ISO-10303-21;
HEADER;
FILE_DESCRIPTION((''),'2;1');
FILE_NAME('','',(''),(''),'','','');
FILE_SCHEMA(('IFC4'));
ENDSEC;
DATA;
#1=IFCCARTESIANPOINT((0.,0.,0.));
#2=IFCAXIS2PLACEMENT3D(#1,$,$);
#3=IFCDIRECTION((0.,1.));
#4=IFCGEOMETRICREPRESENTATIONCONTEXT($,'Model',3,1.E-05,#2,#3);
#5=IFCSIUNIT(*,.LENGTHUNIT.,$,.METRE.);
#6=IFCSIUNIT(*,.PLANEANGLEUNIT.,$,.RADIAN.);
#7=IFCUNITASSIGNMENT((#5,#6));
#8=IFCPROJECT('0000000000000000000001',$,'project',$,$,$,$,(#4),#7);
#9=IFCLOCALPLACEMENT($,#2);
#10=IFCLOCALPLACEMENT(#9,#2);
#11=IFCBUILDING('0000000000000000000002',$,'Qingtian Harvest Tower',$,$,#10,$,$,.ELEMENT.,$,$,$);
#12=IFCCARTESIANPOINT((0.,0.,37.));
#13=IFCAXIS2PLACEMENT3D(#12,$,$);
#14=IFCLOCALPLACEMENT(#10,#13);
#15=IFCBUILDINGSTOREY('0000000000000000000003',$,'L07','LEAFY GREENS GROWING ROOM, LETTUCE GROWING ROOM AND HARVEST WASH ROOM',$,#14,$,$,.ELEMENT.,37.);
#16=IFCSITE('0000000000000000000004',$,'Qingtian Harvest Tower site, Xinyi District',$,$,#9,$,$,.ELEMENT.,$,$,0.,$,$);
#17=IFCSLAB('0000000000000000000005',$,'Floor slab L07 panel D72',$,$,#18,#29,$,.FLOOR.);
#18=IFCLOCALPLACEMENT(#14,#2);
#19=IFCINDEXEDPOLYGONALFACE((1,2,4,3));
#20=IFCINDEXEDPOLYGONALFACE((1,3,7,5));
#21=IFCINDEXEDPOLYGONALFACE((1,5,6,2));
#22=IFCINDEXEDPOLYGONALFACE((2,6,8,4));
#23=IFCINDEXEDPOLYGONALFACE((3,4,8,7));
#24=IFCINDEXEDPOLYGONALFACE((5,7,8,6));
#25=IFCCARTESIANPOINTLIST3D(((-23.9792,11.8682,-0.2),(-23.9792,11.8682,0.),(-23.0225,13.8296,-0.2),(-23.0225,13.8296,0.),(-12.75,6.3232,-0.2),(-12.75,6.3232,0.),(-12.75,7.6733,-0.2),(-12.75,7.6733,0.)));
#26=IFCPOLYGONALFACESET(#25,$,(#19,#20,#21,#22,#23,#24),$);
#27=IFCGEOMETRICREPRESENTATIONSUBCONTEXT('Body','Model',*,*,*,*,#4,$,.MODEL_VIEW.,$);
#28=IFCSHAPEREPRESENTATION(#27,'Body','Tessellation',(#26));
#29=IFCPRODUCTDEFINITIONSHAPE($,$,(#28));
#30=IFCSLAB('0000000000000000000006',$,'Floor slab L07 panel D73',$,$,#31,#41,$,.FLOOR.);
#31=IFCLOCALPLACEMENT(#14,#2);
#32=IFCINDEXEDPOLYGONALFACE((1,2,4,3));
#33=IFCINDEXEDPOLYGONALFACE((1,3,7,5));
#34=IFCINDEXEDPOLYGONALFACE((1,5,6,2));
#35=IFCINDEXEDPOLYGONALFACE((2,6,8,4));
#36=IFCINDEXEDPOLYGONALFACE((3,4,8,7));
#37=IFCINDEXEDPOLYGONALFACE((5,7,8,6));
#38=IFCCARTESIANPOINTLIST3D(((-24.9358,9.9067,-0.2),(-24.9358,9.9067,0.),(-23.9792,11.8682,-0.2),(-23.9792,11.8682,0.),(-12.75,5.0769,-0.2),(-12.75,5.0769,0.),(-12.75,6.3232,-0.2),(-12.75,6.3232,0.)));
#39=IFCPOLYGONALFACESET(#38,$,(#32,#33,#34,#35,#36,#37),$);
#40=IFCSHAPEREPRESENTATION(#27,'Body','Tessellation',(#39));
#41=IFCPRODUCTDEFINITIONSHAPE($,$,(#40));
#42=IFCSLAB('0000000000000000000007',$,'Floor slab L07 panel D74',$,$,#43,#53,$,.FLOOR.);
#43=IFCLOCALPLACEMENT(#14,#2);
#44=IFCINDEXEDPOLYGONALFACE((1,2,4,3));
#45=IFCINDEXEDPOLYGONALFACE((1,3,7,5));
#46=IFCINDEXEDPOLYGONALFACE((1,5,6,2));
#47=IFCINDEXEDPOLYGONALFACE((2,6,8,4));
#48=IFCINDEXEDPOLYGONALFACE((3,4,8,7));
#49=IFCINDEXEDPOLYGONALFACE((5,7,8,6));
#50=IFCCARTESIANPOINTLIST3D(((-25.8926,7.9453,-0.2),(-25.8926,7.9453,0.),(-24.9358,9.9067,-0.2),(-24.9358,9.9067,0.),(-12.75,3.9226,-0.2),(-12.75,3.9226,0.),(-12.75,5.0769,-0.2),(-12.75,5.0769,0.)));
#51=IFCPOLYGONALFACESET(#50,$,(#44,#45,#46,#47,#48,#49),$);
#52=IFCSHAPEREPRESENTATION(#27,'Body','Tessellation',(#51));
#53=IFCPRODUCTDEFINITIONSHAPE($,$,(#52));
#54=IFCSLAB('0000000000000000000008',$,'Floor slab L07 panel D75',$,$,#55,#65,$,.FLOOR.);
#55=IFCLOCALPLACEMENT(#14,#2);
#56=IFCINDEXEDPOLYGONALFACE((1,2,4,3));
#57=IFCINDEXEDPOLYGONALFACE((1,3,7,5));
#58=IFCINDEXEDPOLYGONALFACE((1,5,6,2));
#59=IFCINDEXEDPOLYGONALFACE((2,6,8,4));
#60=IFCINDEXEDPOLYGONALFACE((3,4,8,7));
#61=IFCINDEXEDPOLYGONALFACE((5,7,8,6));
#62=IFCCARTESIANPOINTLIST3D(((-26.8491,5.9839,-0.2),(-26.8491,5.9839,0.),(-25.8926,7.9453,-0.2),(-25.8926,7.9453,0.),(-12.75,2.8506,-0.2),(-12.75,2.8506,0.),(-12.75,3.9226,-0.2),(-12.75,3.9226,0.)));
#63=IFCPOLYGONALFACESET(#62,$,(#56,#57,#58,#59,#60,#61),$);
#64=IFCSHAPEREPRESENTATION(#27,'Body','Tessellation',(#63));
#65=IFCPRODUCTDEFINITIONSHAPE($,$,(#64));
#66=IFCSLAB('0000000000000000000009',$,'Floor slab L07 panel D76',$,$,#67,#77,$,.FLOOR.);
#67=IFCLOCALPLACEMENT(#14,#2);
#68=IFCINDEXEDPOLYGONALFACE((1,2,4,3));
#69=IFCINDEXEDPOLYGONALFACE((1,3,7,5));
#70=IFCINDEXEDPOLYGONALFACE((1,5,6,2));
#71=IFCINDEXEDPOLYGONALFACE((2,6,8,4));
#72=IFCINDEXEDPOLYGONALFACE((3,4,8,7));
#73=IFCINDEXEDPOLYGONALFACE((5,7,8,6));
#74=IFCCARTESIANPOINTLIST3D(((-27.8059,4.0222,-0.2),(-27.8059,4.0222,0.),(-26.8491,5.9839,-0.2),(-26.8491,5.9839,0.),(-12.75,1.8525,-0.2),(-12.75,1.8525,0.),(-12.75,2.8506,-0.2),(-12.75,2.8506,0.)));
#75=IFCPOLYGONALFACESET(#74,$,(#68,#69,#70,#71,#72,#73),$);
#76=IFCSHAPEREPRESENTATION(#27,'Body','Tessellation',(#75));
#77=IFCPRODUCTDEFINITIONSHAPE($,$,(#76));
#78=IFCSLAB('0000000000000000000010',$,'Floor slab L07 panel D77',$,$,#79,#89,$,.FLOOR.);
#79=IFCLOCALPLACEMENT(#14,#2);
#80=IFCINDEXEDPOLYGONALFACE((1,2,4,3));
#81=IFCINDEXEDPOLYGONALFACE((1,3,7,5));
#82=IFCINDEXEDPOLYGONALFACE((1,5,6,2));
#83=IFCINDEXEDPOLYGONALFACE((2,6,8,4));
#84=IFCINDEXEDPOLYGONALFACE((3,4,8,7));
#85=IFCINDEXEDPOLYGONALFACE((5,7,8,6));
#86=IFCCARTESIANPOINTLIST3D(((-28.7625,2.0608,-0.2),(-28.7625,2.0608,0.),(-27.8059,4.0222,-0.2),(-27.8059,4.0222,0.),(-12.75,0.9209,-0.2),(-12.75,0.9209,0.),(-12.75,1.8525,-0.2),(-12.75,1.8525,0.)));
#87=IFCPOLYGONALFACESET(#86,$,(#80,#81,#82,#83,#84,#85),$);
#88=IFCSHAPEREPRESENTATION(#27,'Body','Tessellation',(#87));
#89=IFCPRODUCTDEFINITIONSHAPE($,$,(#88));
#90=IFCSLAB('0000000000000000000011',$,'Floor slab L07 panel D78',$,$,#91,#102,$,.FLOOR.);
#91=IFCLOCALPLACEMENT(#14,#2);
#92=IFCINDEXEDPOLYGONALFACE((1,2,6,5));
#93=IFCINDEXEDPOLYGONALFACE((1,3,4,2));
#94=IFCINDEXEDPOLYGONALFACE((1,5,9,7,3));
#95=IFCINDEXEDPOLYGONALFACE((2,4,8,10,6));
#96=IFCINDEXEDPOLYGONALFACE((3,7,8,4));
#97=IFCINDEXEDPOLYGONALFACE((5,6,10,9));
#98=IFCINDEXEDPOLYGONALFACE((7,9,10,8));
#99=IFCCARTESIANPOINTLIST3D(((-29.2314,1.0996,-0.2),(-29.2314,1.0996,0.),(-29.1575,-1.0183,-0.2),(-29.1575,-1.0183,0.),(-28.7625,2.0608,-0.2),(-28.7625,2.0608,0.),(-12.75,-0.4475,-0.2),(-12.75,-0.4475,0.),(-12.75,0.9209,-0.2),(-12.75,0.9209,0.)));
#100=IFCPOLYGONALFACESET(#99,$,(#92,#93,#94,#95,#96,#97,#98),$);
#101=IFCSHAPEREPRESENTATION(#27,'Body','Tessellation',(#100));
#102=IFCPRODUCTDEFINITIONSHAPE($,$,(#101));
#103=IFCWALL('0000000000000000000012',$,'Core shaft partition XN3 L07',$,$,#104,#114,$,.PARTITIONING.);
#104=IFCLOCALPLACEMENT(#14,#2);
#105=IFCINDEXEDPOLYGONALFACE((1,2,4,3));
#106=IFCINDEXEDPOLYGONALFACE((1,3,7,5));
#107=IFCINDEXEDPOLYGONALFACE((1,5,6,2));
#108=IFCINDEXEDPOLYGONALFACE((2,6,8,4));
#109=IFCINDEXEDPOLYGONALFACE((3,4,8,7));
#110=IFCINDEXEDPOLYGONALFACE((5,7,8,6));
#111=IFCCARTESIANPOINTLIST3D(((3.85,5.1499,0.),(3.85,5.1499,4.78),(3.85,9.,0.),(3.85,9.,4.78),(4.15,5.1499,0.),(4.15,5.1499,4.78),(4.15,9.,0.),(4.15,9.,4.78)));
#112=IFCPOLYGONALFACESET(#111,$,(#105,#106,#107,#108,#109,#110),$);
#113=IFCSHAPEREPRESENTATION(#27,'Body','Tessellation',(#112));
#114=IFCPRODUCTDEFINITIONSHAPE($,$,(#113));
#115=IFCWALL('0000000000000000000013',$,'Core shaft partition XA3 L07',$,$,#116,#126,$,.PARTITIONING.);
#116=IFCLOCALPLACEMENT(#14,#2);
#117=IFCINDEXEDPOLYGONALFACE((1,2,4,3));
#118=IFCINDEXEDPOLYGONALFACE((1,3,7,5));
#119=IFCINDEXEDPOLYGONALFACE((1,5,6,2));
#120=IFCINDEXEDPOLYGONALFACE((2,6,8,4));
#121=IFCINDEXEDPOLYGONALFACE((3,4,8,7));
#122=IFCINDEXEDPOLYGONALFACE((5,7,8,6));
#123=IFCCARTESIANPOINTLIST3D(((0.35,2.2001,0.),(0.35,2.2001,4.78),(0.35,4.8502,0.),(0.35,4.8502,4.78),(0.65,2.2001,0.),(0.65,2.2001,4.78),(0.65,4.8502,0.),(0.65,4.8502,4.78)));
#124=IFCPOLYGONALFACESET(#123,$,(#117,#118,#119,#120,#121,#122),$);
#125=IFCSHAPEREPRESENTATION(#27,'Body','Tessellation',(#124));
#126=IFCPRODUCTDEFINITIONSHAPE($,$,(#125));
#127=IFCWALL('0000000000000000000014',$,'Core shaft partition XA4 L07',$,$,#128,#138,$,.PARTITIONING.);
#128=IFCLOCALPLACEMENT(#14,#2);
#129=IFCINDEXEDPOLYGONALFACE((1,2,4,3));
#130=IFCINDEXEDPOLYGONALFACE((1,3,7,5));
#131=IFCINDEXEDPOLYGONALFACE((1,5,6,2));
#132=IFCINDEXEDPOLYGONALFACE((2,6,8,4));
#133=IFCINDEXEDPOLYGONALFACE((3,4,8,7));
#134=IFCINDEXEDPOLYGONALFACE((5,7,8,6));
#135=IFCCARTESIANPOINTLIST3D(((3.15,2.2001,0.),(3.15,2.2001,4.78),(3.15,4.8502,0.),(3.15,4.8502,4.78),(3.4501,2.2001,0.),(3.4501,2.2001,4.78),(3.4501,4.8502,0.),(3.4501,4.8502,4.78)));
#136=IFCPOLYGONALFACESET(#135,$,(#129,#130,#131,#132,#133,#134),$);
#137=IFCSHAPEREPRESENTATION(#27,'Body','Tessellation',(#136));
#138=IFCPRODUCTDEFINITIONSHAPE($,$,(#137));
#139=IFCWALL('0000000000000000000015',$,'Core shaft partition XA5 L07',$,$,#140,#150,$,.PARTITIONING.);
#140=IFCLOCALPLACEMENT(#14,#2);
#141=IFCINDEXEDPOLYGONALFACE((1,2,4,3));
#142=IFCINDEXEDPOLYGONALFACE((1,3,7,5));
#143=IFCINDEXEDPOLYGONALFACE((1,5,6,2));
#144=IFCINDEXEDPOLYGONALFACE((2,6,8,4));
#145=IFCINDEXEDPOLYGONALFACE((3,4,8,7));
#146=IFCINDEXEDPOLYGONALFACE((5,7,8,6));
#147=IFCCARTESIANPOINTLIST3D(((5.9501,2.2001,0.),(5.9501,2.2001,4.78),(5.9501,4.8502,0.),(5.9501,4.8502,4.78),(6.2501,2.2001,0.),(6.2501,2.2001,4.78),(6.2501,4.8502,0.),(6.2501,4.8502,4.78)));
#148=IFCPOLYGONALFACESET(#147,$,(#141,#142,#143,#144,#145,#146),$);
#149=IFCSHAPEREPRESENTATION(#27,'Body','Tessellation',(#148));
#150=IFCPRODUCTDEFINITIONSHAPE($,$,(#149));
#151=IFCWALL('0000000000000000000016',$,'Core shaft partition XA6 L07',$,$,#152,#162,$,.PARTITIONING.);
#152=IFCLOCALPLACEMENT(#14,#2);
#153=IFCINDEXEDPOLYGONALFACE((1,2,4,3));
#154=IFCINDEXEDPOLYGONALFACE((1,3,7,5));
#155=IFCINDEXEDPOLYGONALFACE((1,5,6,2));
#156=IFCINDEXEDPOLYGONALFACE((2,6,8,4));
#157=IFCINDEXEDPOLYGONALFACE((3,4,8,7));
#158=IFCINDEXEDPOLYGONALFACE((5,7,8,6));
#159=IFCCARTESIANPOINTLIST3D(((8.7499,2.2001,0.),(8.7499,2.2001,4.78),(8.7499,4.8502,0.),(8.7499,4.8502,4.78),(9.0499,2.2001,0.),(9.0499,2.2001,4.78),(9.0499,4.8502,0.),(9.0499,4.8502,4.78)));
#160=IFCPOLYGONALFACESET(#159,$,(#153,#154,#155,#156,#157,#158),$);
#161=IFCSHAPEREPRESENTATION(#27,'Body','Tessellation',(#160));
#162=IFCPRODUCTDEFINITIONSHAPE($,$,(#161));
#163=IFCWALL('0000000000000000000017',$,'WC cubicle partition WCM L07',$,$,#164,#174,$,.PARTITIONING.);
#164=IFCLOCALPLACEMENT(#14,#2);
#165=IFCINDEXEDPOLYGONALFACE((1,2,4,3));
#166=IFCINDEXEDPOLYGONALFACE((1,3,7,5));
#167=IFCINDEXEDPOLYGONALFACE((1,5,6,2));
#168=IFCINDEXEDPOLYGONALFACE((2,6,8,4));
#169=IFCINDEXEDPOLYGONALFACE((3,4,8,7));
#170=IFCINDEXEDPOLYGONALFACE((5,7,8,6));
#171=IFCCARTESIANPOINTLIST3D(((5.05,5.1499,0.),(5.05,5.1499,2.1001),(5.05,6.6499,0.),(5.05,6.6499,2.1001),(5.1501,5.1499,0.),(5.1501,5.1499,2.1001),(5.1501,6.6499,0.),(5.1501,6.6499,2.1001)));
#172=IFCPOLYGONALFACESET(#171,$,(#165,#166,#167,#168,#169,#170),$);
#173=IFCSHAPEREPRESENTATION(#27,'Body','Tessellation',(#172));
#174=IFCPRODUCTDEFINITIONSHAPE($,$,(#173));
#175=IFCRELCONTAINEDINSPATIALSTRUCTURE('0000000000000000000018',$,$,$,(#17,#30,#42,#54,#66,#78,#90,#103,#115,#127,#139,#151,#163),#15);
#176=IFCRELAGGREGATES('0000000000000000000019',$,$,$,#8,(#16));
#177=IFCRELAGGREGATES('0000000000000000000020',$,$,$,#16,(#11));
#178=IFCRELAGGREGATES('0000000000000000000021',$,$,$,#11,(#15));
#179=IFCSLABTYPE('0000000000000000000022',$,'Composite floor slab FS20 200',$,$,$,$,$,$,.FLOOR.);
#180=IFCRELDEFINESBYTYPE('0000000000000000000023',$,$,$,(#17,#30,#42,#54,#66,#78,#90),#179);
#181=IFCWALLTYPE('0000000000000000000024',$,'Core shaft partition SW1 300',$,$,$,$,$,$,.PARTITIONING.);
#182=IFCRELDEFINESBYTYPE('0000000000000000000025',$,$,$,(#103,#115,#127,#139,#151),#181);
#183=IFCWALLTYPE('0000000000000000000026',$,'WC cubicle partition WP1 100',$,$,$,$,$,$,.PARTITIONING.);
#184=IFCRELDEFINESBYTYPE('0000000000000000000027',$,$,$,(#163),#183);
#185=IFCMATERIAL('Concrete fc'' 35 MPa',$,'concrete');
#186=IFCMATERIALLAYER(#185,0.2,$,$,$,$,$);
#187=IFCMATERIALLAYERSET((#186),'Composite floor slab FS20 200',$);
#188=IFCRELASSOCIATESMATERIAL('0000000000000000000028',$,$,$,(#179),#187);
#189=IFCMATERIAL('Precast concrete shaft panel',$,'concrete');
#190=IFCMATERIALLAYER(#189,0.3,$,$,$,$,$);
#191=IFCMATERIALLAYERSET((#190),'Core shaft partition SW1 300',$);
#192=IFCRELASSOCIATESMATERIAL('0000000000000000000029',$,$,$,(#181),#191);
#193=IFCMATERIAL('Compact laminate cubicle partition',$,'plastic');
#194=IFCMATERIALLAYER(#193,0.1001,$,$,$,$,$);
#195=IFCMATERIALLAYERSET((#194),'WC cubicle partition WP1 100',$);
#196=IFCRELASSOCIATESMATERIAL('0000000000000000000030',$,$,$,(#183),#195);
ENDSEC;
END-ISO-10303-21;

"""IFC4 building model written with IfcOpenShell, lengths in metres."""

from ifc_helpers import new_model, si_unit, direction, frame, frame_2d, origin, place, context, subcontext, project, spatial, polyline, rectangle, outline, extrude, material, layer, layer_set, type_object, element, save


model = new_model("IFC4")

# Units and contexts
model_context = context("Model", 3, precision=1e-05, world=origin(), true_north=direction((0.0, 1.0)))
body_context = subcontext(model_context, "Body", "Model", "MODEL_VIEW")
ifc_project = project(units=[si_unit("LENGTHUNIT", "METRE"), si_unit("PLANEANGLEUNIT", "RADIAN")], contexts=[model_context])

# Site, building, storey
site_placement = place(None, origin())
site = spatial("IfcSite", under=ifc_project, at=site_placement, Name="Qingtian Harvest Tower site, Xinyi District", CompositionType="ELEMENT", RefElevation=0.0)
building_placement = place(site_placement, origin())
building = spatial("IfcBuilding", under=site, at=building_placement, Name="Qingtian Harvest Tower", CompositionType="ELEMENT")
storey_placement = place(building_placement, frame((0.0, 0.0, 37.0)))
storey = spatial("IfcBuildingStorey", under=building, at=storey_placement, Name="L07", Description="LEAFY GREENS GROWING ROOM, LETTUCE GROWING ROOM AND HARVEST WASH ROOM", CompositionType="ELEMENT", Elevation=37.0)

# Slabs
ifc_material_1 = material(Name="Concrete fc' 35 MPa", Category="concrete")
ifc_layer_1 = layer(ifc_material_1, 0.2)
ifc_layer_set_1 = layer_set([ifc_layer_1], Name="Composite floor slab FS20 200")
slab_type = type_object("IfcSlabType", Name="Composite floor slab FS20 200", PredefinedType="FLOOR", material=ifc_layer_set_1)
slab_1_placement = place(storey_placement, frame((0.0, 0.0, -0.2)))
element("IfcSlab", 1, at=slab_1_placement, inside=storey, type_object=slab_type, Name="Floor slab L07 panel D72", PredefinedType="FLOOR", context=body_context, shape_type="SweptSolid", body=[
    extrude(outline(polyline([(-12.75, 6.3232), (-23.9792, 11.8682), (-23.0225, 13.8296), (-12.75, 7.6733), (-12.75, 6.3232)])), origin(), (0.0, 0.0, 1.0), 0.2),
])
slab_2_placement = place(storey_placement, frame((0.0, 0.0, -0.2)))
element("IfcSlab", 2, at=slab_2_placement, inside=storey, type_object=slab_type, Name="Floor slab L07 panel D73", PredefinedType="FLOOR", context=body_context, shape_type="SweptSolid", body=[
    extrude(outline(polyline([(-12.75, 5.0769), (-24.9358, 9.9067), (-23.9792, 11.8682), (-12.75, 6.3232), (-12.75, 5.0769)])), origin(), (0.0, 0.0, 1.0), 0.2),
])
slab_3_placement = place(storey_placement, frame((0.0, 0.0, -0.2)))
element("IfcSlab", 3, at=slab_3_placement, inside=storey, type_object=slab_type, Name="Floor slab L07 panel D74", PredefinedType="FLOOR", context=body_context, shape_type="SweptSolid", body=[
    extrude(outline(polyline([(-12.75, 3.9226), (-25.8926, 7.9453), (-24.9358, 9.9067), (-12.75, 5.0769), (-12.75, 3.9226)])), origin(), (0.0, 0.0, 1.0), 0.2),
])
slab_4_placement = place(storey_placement, frame((0.0, 0.0, -0.2)))
element("IfcSlab", 4, at=slab_4_placement, inside=storey, type_object=slab_type, Name="Floor slab L07 panel D75", PredefinedType="FLOOR", context=body_context, shape_type="SweptSolid", body=[
    extrude(outline(polyline([(-12.75, 2.8506), (-26.8491, 5.9839), (-25.8926, 7.9453), (-12.75, 3.9226), (-12.75, 2.8506)])), origin(), (0.0, 0.0, 1.0), 0.2),
])
slab_5_placement = place(storey_placement, frame((0.0, 0.0, -0.2)))
element("IfcSlab", 5, at=slab_5_placement, inside=storey, type_object=slab_type, Name="Floor slab L07 panel D76", PredefinedType="FLOOR", context=body_context, shape_type="SweptSolid", body=[
    extrude(outline(polyline([(-12.75, 1.8525), (-27.8059, 4.0222), (-26.8491, 5.9839), (-12.75, 2.8506), (-12.75, 1.8525)])), origin(), (0.0, 0.0, 1.0), 0.2),
])
slab_6_placement = place(storey_placement, frame((0.0, 0.0, -0.2)))
element("IfcSlab", 6, at=slab_6_placement, inside=storey, type_object=slab_type, Name="Floor slab L07 panel D77", PredefinedType="FLOOR", context=body_context, shape_type="SweptSolid", body=[
    extrude(outline(polyline([(-12.75, 0.9209), (-28.7625, 2.0608), (-27.8059, 4.0222), (-12.75, 1.8525), (-12.75, 0.9209)])), origin(), (0.0, 0.0, 1.0), 0.2),
])
slab_7_placement = place(storey_placement, frame((0.0, 0.0, -0.2)))
element("IfcSlab", 7, at=slab_7_placement, inside=storey, type_object=slab_type, Name="Floor slab L07 panel D78", PredefinedType="FLOOR", context=body_context, shape_type="SweptSolid", body=[
    extrude(outline(polyline([(-12.75, 0.9209), (-12.75, -0.4475), (-29.1575, -1.0183), (-29.2314, 1.0996), (-28.7625, 2.0608), (-12.75, 0.9209)])), origin(), (0.0, 0.0, 1.0), 0.2),
])

# Shared definitions
ifc_material_2 = material(Name="Precast concrete shaft panel", Category="concrete")
ifc_layer_2 = layer(ifc_material_2, 0.3)
ifc_layer_set_2 = layer_set([ifc_layer_2], Name="Core shaft partition SW1 300")
wall_type_1 = type_object("IfcWallType", Name="Core shaft partition SW1 300", PredefinedType="PARTITIONING", material=ifc_layer_set_2)

# Walls
wall_1_placement = place(storey_placement, frame((4.0, 5.1499, 0.0), z_axis=(0.0, 0.0, 1.0), x_axis=(0.0, 1.0, 0.0)))
element("IfcWall", 8, at=wall_1_placement, inside=storey, type_object=wall_type_1, Name="Core shaft partition XN3 L07", PredefinedType="PARTITIONING", context=body_context, shape_type="SweptSolid", body=[
    extrude(rectangle(XDim=3.8501, YDim=0.3, at=frame_2d((1.925, 0.0))), origin(), (0.0, 0.0, 1.0), 4.78),
])
for number, where, z_axis, x_axis, name in (
    (9, (0.5, 2.2, 0.0), (0.0, 0.0, 1.0), (0.0, 1.0, 0.0), "Core shaft partition XA3 L07"),
    (10, (3.3, 2.2, 0.0), (0.0, 0.0, 1.0), (0.0, 1.0, 0.0), "Core shaft partition XA4 L07"),
    (11, (6.1001, 2.2, 0.0), (0.0, 0.0, 1.0), (0.0, 1.0, 0.0), "Core shaft partition XA5 L07"),
    (12, (8.8999, 2.2, 0.0), (0.0, 0.0, 1.0), (0.0, 1.0, 0.0), "Core shaft partition XA6 L07"),
):
    element("IfcWall", number, at=place(storey_placement, frame(where, z_axis=z_axis, x_axis=x_axis)), inside=storey, type_object=wall_type_1, Name=name, PredefinedType="PARTITIONING", context=body_context, shape_type="SweptSolid", body=[
        extrude(rectangle(XDim=2.6501, YDim=0.3, at=frame_2d((1.3252, 0.0))), origin(), (0.0, 0.0, 1.0), 4.78),
    ])
ifc_material_3 = material(Name="Compact laminate cubicle partition", Category="plastic")
ifc_layer_3 = layer(ifc_material_3, 0.1001)
ifc_layer_set_3 = layer_set([ifc_layer_3], Name="WC cubicle partition WP1 100")
wall_type_2 = type_object("IfcWallType", Name="WC cubicle partition WP1 100", PredefinedType="PARTITIONING", material=ifc_layer_set_3)
wall_2_placement = place(storey_placement, frame((5.1001, 5.1499, 0.0), z_axis=(0.0, 0.0, 1.0), x_axis=(0.0, 1.0, 0.0)))
element("IfcWall", 13, at=wall_2_placement, inside=storey, type_object=wall_type_2, Name="WC cubicle partition WCM L07", PredefinedType="PARTITIONING", context=body_context, shape_type="SweptSolid", body=[
    extrude(rectangle(XDim=1.5, YDim=0.1001, at=frame_2d((0.75, 0.0))), origin(), (0.0, 0.0, 1.0), 2.1001),
])

save(model, "model.ifc")
